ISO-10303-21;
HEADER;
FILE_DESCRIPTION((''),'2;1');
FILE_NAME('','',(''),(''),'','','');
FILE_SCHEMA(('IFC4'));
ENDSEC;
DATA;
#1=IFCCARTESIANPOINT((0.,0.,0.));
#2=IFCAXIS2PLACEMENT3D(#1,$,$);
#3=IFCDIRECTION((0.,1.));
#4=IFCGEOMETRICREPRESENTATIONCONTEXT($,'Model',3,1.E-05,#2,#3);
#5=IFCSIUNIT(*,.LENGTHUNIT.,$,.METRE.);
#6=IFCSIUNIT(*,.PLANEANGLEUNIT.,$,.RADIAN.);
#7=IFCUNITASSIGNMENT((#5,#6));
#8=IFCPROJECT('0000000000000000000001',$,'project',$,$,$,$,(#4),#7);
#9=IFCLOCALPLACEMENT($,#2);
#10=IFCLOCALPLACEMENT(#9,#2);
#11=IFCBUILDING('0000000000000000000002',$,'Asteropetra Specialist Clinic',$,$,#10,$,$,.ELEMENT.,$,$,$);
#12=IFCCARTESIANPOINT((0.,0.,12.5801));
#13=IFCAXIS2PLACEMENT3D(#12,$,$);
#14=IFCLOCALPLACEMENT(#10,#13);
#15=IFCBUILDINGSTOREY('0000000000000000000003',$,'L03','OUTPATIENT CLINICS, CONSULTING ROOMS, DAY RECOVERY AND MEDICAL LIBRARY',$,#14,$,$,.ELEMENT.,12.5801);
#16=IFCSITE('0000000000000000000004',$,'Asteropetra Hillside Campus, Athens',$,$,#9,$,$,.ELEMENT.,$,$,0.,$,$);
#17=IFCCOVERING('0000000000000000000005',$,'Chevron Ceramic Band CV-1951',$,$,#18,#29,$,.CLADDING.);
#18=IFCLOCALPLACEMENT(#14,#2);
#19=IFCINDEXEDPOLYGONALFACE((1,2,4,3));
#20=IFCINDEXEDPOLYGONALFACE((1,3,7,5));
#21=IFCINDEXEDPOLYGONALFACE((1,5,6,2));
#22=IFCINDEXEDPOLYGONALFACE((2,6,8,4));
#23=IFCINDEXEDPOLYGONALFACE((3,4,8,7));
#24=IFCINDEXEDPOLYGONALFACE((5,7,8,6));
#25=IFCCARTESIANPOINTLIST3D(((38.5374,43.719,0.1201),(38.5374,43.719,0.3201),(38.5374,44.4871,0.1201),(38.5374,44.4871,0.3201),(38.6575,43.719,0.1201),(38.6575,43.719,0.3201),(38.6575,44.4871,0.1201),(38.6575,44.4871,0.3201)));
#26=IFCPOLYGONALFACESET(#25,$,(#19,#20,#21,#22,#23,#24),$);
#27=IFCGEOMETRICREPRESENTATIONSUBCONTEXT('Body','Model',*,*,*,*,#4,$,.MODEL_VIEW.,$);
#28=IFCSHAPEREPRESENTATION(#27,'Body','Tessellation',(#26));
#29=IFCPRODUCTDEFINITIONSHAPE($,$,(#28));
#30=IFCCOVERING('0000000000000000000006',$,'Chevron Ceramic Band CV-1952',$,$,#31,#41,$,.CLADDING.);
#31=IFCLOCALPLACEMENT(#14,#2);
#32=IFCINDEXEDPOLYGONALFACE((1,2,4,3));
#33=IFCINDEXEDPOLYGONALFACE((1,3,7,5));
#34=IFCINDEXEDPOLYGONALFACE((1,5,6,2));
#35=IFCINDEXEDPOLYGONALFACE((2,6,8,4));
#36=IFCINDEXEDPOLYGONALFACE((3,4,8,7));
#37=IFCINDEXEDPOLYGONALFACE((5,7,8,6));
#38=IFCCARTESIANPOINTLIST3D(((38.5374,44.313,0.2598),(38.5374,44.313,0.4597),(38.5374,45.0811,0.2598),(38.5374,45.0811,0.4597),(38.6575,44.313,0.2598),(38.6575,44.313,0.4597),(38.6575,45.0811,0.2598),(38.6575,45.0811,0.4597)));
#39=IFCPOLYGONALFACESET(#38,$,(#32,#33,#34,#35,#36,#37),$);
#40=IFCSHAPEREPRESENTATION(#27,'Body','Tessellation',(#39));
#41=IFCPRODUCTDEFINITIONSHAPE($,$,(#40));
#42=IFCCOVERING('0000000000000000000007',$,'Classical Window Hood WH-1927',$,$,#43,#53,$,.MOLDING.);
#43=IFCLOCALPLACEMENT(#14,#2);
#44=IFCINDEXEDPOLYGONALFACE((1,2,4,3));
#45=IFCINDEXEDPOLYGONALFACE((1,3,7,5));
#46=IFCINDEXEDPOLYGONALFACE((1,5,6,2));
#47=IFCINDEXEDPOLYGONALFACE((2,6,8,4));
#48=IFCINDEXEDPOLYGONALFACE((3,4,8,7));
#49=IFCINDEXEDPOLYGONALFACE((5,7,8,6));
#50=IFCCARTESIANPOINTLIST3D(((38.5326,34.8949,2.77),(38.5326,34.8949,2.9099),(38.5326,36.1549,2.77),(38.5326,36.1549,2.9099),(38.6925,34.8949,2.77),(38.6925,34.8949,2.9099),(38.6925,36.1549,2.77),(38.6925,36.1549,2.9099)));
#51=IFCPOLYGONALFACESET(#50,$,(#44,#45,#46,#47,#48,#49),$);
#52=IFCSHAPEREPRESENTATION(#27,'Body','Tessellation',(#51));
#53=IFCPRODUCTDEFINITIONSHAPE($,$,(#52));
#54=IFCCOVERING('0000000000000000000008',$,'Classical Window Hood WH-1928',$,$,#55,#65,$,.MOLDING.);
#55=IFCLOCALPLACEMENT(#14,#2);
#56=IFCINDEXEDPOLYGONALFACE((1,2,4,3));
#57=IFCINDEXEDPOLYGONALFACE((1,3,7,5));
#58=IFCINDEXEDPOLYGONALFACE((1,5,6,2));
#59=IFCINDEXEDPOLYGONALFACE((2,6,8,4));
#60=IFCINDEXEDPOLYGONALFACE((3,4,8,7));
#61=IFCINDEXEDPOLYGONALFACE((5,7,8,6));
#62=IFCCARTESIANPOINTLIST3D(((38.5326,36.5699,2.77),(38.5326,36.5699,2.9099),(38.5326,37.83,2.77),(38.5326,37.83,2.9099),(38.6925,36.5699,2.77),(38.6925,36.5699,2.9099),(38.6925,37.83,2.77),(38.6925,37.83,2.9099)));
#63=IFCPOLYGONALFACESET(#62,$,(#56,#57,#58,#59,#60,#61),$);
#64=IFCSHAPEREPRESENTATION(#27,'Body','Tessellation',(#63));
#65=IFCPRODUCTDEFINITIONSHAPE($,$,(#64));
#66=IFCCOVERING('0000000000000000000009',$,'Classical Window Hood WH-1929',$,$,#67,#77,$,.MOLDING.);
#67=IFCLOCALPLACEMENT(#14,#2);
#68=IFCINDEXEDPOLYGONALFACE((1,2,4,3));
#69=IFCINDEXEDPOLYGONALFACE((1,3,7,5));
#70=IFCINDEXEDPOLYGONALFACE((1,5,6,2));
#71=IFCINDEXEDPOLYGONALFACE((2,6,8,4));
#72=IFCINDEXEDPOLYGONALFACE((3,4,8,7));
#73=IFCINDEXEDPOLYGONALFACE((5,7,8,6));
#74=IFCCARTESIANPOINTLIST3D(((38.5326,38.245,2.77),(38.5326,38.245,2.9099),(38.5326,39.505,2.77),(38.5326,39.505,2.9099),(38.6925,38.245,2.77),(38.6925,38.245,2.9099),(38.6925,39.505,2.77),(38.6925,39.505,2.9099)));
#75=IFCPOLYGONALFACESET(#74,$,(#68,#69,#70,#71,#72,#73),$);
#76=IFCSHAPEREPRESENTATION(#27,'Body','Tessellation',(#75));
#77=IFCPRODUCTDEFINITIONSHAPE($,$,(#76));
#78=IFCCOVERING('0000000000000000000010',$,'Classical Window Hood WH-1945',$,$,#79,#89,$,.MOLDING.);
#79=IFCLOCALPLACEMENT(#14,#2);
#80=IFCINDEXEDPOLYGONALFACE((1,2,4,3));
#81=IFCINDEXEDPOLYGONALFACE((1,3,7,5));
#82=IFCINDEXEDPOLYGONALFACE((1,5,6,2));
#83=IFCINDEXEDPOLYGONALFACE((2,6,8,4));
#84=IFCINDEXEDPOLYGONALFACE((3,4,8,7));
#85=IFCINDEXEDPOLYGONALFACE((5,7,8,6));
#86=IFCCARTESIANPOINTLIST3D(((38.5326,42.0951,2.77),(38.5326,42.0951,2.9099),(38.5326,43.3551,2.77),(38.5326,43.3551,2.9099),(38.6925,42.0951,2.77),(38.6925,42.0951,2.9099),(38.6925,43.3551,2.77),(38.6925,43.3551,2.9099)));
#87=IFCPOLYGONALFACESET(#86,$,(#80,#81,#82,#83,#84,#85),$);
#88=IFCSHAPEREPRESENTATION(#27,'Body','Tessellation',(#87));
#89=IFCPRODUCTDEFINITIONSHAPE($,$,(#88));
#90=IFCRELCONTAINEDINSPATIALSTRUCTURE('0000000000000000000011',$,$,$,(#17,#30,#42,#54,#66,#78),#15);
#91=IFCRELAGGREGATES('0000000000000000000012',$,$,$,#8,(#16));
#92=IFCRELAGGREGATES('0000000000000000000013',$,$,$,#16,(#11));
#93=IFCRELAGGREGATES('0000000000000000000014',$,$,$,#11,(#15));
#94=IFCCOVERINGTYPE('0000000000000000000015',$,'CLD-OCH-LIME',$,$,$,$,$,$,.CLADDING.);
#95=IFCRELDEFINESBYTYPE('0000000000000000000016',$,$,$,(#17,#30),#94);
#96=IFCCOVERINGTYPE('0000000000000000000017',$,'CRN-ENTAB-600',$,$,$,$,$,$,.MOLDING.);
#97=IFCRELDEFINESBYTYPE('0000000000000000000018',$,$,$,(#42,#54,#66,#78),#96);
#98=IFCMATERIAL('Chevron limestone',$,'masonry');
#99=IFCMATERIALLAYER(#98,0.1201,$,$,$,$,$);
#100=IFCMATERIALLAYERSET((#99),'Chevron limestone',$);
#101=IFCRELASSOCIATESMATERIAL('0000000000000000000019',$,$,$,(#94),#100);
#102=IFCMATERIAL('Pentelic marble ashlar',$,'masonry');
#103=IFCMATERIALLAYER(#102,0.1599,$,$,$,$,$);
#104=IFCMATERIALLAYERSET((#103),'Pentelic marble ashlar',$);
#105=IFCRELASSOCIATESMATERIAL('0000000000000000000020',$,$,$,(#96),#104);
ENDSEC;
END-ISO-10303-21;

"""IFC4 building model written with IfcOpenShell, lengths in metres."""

from ifc_helpers import new_model, si_unit, direction, frame, origin, origin_2d, place, context, subcontext, project, spatial, rectangle, extrude, material, layer, layer_set, type_object, element, save


model = new_model("IFC4")

# Units and contexts
model_context = context("Model", 3, precision=1e-05, world=origin(), true_north=direction((0.0, 1.0)))
body_context = subcontext(model_context, "Body", "Model", "MODEL_VIEW")
ifc_project = project(units=[si_unit("LENGTHUNIT", "METRE"), si_unit("PLANEANGLEUNIT", "RADIAN")], contexts=[model_context])

# Site, building, storey
site_placement = place(None, origin())
site = spatial("IfcSite", under=ifc_project, at=site_placement, Name="Asteropetra Hillside Campus, Athens", CompositionType="ELEMENT", RefElevation=0.0)
building_placement = place(site_placement, origin())
building = spatial("IfcBuilding", under=site, at=building_placement, Name="Asteropetra Specialist Clinic", CompositionType="ELEMENT")
storey_placement = place(building_placement, frame((0.0, 0.0, 12.5801)))
storey = spatial("IfcBuildingStorey", under=building, at=storey_placement, Name="L03", Description="OUTPATIENT CLINICS, CONSULTING ROOMS, DAY RECOVERY AND MEDICAL LIBRARY", CompositionType="ELEMENT", Elevation=12.5801)

# Coverings
ifc_material_1 = material(Name="Chevron limestone", Category="masonry")
ifc_layer_1 = layer(ifc_material_1, 0.1201)
ifc_layer_set_1 = layer_set([ifc_layer_1], Name="Chevron limestone")
covering_type_1 = type_object("IfcCoveringType", Name="CLD-OCH-LIME", PredefinedType="CLADDING", material=ifc_layer_set_1)
for number, where, z_axis, x_axis, name in (
    (1, (38.5974, 44.103, 0.1201), (0.0, 0.0, 1.0), (1.0, 0.0, 0.0), "Chevron Ceramic Band CV-1951"),
    (2, (38.5974, 44.697, 0.2598), (0.0, 0.0, 1.0), (1.0, 0.0, 0.0), "Chevron Ceramic Band CV-1952"),
):
    element("IfcCovering", number, at=place(storey_placement, frame(where, z_axis=z_axis, x_axis=x_axis)), inside=storey, type_object=covering_type_1, Name=name, PredefinedType="CLADDING", context=body_context, shape_type="SweptSolid", body=[
        extrude(rectangle(XDim=0.1201, YDim=0.7681, at=origin_2d()), origin(), (0.0, 0.0, 1.0), 0.2),
    ])
ifc_material_2 = material(Name="Pentelic marble ashlar", Category="masonry")
ifc_layer_2 = layer(ifc_material_2, 0.1599)
ifc_layer_set_2 = layer_set([ifc_layer_2], Name="Pentelic marble ashlar")
covering_type_2 = type_object("IfcCoveringType", Name="CRN-ENTAB-600", PredefinedType="MOLDING", material=ifc_layer_set_2)
for number, where, z_axis, x_axis, name in (
    (3, (38.6125, 35.5249, 2.77), (0.0, 0.0, 1.0), (1.0, 0.0, 0.0), "Classical Window Hood WH-1927"),
    (4, (38.6125, 37.2, 2.77), (0.0, 0.0, 1.0), (1.0, 0.0, 0.0), "Classical Window Hood WH-1928"),
    (5, (38.6125, 38.875, 2.77), (0.0, 0.0, 1.0), (1.0, 0.0, 0.0), "Classical Window Hood WH-1929"),
    (6, (38.6125, 42.7251, 2.77), (0.0, 0.0, 1.0), (1.0, 0.0, 0.0), "Classical Window Hood WH-1945"),
):
    element("IfcCovering", number, at=place(storey_placement, frame(where, z_axis=z_axis, x_axis=x_axis)), inside=storey, type_object=covering_type_2, Name=name, PredefinedType="MOLDING", context=body_context, shape_type="SweptSolid", body=[
        extrude(rectangle(XDim=0.1599, YDim=1.26, at=origin_2d()), origin(), (0.0, 0.0, 1.0), 0.1399),
    ])

save(model, "model.ifc")
